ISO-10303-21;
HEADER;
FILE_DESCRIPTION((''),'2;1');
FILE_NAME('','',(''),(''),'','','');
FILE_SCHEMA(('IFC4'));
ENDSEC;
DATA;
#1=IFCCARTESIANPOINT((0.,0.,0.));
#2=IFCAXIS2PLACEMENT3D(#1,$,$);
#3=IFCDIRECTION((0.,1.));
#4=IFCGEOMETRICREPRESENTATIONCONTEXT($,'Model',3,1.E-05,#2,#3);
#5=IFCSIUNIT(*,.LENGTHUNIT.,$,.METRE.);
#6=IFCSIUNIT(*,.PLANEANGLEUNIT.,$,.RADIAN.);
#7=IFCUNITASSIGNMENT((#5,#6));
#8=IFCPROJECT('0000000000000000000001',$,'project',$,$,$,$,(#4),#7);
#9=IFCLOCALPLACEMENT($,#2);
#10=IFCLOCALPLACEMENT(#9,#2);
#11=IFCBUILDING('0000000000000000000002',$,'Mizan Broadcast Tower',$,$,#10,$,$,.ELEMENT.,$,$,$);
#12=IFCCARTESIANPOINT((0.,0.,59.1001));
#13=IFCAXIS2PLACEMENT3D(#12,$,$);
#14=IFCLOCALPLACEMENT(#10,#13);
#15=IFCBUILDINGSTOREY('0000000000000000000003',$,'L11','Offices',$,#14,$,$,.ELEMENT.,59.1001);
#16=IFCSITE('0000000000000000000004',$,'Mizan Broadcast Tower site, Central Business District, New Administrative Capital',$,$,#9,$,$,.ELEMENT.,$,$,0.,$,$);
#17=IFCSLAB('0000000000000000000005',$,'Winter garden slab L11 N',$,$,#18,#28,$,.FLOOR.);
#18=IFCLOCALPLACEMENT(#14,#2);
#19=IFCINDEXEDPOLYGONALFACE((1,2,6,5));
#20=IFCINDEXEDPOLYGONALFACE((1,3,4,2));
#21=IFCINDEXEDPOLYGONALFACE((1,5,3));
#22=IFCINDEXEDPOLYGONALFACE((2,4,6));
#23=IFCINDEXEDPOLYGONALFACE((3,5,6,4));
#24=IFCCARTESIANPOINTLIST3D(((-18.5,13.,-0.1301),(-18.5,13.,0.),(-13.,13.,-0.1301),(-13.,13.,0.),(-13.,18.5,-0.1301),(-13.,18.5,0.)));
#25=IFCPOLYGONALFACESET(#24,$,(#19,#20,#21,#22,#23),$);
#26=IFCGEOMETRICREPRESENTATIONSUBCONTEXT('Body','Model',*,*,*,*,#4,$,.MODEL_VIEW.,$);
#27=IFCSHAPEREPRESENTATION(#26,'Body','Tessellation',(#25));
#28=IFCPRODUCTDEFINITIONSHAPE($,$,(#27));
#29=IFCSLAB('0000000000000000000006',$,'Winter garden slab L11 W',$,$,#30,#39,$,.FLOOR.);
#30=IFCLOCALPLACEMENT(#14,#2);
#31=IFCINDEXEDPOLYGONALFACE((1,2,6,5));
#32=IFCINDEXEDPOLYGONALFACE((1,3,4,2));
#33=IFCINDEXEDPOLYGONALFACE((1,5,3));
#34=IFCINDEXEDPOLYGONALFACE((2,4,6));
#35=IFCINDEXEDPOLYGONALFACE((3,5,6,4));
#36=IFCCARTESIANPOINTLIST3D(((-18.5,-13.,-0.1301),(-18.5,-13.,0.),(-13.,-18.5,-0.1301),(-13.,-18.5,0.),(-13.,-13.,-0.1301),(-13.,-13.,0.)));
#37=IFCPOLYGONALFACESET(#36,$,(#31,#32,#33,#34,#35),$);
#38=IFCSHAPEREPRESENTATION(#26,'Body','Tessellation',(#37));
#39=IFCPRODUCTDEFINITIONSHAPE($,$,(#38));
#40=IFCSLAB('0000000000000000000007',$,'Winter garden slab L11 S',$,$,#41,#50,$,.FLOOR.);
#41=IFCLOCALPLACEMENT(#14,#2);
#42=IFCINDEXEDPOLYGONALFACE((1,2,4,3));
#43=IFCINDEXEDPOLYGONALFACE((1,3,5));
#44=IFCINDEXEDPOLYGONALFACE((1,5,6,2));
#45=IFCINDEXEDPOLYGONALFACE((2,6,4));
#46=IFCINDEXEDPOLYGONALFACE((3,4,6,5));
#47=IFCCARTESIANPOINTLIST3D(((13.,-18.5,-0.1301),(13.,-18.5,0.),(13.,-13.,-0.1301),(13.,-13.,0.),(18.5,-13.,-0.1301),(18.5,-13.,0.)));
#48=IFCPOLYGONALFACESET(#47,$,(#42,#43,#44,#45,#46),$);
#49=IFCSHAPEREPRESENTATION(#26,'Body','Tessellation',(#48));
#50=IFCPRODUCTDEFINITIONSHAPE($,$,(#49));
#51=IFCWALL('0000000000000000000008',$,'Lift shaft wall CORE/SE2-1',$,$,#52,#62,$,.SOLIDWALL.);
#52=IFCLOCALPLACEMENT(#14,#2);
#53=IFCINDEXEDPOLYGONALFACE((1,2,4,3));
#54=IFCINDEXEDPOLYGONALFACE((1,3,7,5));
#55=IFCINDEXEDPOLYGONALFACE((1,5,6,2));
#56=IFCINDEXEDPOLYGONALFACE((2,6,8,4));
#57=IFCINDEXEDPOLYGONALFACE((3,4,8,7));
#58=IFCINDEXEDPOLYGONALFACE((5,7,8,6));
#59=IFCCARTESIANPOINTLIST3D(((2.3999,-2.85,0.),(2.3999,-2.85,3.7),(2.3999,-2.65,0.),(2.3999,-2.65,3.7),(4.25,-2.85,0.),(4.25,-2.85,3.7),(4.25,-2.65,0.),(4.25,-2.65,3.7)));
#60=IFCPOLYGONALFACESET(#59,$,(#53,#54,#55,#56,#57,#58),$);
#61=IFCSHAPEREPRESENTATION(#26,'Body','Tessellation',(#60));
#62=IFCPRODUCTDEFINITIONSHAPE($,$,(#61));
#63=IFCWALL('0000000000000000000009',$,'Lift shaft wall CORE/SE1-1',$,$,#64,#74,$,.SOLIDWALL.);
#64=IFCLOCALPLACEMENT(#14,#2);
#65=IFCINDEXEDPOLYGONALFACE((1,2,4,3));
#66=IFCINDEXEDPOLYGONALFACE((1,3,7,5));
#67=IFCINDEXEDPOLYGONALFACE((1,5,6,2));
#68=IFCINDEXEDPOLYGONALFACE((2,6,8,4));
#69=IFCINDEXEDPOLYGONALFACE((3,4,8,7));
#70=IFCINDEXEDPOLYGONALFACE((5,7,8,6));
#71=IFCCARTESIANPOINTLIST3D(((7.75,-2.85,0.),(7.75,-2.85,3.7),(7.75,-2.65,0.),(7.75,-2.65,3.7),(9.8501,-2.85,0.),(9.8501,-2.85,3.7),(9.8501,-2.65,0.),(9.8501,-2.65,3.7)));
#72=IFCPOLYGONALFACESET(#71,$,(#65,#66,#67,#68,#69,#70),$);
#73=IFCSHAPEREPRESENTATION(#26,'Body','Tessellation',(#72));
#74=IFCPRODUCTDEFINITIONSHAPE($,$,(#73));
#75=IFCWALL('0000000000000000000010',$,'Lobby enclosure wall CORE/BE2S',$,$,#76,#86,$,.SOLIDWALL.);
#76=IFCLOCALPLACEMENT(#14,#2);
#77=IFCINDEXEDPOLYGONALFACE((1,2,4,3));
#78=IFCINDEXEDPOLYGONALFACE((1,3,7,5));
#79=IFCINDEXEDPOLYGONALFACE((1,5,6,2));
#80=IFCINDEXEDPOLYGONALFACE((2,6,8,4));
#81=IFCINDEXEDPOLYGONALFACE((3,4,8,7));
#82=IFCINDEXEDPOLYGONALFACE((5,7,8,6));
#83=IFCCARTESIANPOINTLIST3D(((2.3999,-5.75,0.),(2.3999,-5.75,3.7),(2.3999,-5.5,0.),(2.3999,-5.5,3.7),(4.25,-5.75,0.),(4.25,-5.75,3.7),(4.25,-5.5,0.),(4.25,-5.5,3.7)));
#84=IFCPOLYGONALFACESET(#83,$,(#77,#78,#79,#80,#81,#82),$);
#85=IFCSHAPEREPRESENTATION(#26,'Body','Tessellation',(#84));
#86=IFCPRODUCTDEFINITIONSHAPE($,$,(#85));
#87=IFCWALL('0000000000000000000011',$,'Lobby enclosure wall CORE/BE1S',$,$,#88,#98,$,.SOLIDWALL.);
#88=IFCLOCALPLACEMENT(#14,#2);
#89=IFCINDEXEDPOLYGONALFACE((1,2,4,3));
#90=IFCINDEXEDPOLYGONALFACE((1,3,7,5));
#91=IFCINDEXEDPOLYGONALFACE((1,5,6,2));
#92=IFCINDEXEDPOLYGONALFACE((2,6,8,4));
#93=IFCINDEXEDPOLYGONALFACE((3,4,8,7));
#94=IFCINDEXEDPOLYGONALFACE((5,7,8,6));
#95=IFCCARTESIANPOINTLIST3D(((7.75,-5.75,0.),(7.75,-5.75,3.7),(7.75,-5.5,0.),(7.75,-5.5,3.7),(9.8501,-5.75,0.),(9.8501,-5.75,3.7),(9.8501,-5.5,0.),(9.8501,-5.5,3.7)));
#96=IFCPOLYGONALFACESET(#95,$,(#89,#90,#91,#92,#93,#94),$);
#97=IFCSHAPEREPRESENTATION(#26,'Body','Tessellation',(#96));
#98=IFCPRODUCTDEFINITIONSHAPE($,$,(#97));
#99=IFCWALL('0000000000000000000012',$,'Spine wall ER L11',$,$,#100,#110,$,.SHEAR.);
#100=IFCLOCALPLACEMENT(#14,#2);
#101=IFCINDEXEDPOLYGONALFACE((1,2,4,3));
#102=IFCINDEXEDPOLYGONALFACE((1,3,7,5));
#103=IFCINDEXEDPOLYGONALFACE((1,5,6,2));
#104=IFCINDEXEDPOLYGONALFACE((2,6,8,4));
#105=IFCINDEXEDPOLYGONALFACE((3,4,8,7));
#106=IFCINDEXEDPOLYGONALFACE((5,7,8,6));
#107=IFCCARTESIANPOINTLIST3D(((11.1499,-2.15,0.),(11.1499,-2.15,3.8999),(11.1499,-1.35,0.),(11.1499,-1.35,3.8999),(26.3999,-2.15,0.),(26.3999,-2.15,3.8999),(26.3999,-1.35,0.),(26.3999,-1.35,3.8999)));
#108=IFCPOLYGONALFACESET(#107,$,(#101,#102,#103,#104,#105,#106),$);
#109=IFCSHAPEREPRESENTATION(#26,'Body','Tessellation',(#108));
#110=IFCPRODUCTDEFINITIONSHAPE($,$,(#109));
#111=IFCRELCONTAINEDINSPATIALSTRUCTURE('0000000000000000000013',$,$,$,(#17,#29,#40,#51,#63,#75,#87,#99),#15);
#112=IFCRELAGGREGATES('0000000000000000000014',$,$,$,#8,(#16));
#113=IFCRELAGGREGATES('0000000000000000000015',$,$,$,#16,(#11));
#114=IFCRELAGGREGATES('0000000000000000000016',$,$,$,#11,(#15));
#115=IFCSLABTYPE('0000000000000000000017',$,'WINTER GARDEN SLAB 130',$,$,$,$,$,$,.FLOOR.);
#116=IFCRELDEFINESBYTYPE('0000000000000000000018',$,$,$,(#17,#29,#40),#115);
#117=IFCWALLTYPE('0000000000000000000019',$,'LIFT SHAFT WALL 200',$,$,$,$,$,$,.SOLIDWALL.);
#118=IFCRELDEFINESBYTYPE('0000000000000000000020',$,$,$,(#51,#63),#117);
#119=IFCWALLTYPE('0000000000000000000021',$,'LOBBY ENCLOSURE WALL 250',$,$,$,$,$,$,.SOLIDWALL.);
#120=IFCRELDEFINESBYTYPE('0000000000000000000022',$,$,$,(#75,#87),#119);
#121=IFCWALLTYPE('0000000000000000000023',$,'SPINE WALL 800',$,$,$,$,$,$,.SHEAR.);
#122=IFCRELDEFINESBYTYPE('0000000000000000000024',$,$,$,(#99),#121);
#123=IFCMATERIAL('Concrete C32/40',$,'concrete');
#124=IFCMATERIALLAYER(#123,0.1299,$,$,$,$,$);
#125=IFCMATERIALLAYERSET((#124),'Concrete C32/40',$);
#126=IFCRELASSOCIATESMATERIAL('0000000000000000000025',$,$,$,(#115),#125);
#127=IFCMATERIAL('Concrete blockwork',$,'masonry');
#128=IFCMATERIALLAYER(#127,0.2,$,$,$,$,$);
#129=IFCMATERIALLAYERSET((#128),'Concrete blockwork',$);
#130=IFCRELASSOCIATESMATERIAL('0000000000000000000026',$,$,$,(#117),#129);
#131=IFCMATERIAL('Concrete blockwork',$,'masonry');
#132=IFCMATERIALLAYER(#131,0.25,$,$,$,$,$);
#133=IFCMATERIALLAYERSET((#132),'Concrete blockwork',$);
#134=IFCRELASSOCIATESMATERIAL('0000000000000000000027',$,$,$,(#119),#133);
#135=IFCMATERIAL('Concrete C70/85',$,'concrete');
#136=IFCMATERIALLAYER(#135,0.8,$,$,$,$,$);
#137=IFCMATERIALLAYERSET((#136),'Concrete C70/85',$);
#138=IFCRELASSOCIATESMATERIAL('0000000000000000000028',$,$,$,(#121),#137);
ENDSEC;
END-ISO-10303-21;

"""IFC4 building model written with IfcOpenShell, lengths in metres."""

from ifc_helpers import new_model, si_unit, direction, frame, frame_2d, origin, place, context, subcontext, project, spatial, polyline, rectangle, outline, extrude, material, layer, layer_set, type_object, element, save


model = new_model("IFC4")

# Units and contexts
model_context = context("Model", 3, precision=1e-05, world=origin(), true_north=direction((0.0, 1.0)))
body_context = subcontext(model_context, "Body", "Model", "MODEL_VIEW")
ifc_project = project(units=[si_unit("LENGTHUNIT", "METRE"), si_unit("PLANEANGLEUNIT", "RADIAN")], contexts=[model_context])

# Site, building, storey
site_placement = place(None, origin())
site = spatial("IfcSite", under=ifc_project, at=site_placement, Name="Mizan Broadcast Tower site, Central Business District, New Administrative Capital", CompositionType="ELEMENT", RefElevation=0.0)
building_placement = place(site_placement, origin())
building = spatial("IfcBuilding", under=site, at=building_placement, Name="Mizan Broadcast Tower", CompositionType="ELEMENT")
storey_placement = place(building_placement, frame((0.0, 0.0, 59.1001)))
storey = spatial("IfcBuildingStorey", under=building, at=storey_placement, Name="L11", Description="Offices", CompositionType="ELEMENT", Elevation=59.1001)

# Slabs
ifc_material_1 = material(Name="Concrete C32/40", Category="concrete")
ifc_layer_1 = layer(ifc_material_1, 0.1299)
ifc_layer_set_1 = layer_set([ifc_layer_1], Name="Concrete C32/40")
slab_type_1 = type_object("IfcSlabType", Name="WINTER GARDEN SLAB 130", PredefinedType="FLOOR", material=ifc_layer_set_1)
slab_1_placement = place(storey_placement, frame((0.0, 0.0, -0.1301)))
element("IfcSlab", 1, at=slab_1_placement, inside=storey, type_object=slab_type_1, Name="Winter garden slab L11 N", PredefinedType="FLOOR", context=body_context, shape_type="SweptSolid", body=[
    extrude(outline(polyline([(-13.0, 13.0), (-13.0, 18.5), (-18.5, 13.0), (-13.0, 13.0)])), origin(), (0.0, 0.0, 1.0), 0.1301),
])
slab_2_placement = place(storey_placement, frame((0.0, 0.0, -0.1301)))
element("IfcSlab", 2, at=slab_2_placement, inside=storey, type_object=slab_type_1, Name="Winter garden slab L11 W", PredefinedType="FLOOR", context=body_context, shape_type="SweptSolid", body=[
    extrude(outline(polyline([(-13.0, -13.0), (-18.5, -13.0), (-13.0, -18.5), (-13.0, -13.0)])), origin(), (0.0, 0.0, 1.0), 0.1301),
])
slab_3_placement = place(storey_placement, frame((0.0, 0.0, -0.1301)))
element("IfcSlab", 3, at=slab_3_placement, inside=storey, type_object=slab_type_1, Name="Winter garden slab L11 S", PredefinedType="FLOOR", context=body_context, shape_type="SweptSolid", body=[
    extrude(outline(polyline([(13.0, -13.0), (13.0, -18.5), (18.5, -13.0), (13.0, -13.0)])), origin(), (0.0, 0.0, 1.0), 0.1301),
])

# Walls
ifc_material_2 = material(Name="Concrete blockwork", Category="masonry")
ifc_layer_2 = layer(ifc_material_2, 0.2)
ifc_layer_set_2 = layer_set([ifc_layer_2], Name="Concrete blockwork")
wall_type_1 = type_object("IfcWallType", Name="LIFT SHAFT WALL 200", PredefinedType="SOLIDWALL", material=ifc_layer_set_2)
wall_1_placement = place(storey_placement, frame((2.3999, -2.75, 0.0), z_axis=(0.0, 0.0, 1.0), x_axis=(1.0, 0.0, 0.0)))
element("IfcWall", 4, at=wall_1_placement, inside=storey, type_object=wall_type_1, Name="Lift shaft wall CORE/SE2-1", PredefinedType="SOLIDWALL", context=body_context, shape_type="SweptSolid", body=[
    extrude(rectangle(XDim=1.8501, YDim=0.2, at=frame_2d((0.925, 0.0))), origin(), (0.0, 0.0, 1.0), 3.7),
])
wall_2_placement = place(storey_placement, frame((7.75, -2.75, 0.0), z_axis=(0.0, 0.0, 1.0), x_axis=(1.0, 0.0, 0.0)))
element("IfcWall", 5, at=wall_2_placement, inside=storey, type_object=wall_type_1, Name="Lift shaft wall CORE/SE1-1", PredefinedType="SOLIDWALL", context=body_context, shape_type="SweptSolid", body=[
    extrude(rectangle(XDim=2.1001, YDim=0.2, at=frame_2d((1.05, 0.0))), origin(), (0.0, 0.0, 1.0), 3.7),
])
ifc_material_3 = material(Name="Concrete blockwork", Category="masonry")
ifc_layer_3 = layer(ifc_material_3, 0.25)
ifc_layer_set_3 = layer_set([ifc_layer_3], Name="Concrete blockwork")
wall_type_2 = type_object("IfcWallType", Name="LOBBY ENCLOSURE WALL 250", PredefinedType="SOLIDWALL", material=ifc_layer_set_3)
wall_3_placement = place(storey_placement, frame((2.3999, -5.625, 0.0), z_axis=(0.0, 0.0, 1.0), x_axis=(1.0, 0.0, 0.0)))
element("IfcWall", 6, at=wall_3_placement, inside=storey, type_object=wall_type_2, Name="Lobby enclosure wall CORE/BE2S", PredefinedType="SOLIDWALL", context=body_context, shape_type="SweptSolid", body=[
    extrude(rectangle(XDim=1.8501, YDim=0.25, at=frame_2d((0.925, 0.0))), origin(), (0.0, 0.0, 1.0), 3.7),
])
wall_4_placement = place(storey_placement, frame((7.75, -5.625, 0.0), z_axis=(0.0, 0.0, 1.0), x_axis=(1.0, 0.0, 0.0)))
element("IfcWall", 7, at=wall_4_placement, inside=storey, type_object=wall_type_2, Name="Lobby enclosure wall CORE/BE1S", PredefinedType="SOLIDWALL", context=body_context, shape_type="SweptSolid", body=[
    extrude(rectangle(XDim=2.1001, YDim=0.25, at=frame_2d((1.05, 0.0))), origin(), (0.0, 0.0, 1.0), 3.7),
])
ifc_material_4 = material(Name="Concrete C70/85", Category="concrete")
ifc_layer_4 = layer(ifc_material_4, 0.8)
ifc_layer_set_4 = layer_set([ifc_layer_4], Name="Concrete C70/85")
wall_type_3 = type_object("IfcWallType", Name="SPINE WALL 800", PredefinedType="SHEAR", material=ifc_layer_set_4)
wall_5_placement = place(storey_placement, frame((11.1499, -1.75, 0.0), z_axis=(0.0, 0.0, 1.0), x_axis=(1.0, 0.0, 0.0)))
element("IfcWall", 8, at=wall_5_placement, inside=storey, type_object=wall_type_3, Name="Spine wall ER L11", PredefinedType="SHEAR", context=body_context, shape_type="SweptSolid", body=[
    extrude(rectangle(XDim=15.25, YDim=0.8, at=frame_2d((7.625, 0.0))), origin(), (0.0, 0.0, 1.0), 3.8999),
])

save(model, "model.ifc")
